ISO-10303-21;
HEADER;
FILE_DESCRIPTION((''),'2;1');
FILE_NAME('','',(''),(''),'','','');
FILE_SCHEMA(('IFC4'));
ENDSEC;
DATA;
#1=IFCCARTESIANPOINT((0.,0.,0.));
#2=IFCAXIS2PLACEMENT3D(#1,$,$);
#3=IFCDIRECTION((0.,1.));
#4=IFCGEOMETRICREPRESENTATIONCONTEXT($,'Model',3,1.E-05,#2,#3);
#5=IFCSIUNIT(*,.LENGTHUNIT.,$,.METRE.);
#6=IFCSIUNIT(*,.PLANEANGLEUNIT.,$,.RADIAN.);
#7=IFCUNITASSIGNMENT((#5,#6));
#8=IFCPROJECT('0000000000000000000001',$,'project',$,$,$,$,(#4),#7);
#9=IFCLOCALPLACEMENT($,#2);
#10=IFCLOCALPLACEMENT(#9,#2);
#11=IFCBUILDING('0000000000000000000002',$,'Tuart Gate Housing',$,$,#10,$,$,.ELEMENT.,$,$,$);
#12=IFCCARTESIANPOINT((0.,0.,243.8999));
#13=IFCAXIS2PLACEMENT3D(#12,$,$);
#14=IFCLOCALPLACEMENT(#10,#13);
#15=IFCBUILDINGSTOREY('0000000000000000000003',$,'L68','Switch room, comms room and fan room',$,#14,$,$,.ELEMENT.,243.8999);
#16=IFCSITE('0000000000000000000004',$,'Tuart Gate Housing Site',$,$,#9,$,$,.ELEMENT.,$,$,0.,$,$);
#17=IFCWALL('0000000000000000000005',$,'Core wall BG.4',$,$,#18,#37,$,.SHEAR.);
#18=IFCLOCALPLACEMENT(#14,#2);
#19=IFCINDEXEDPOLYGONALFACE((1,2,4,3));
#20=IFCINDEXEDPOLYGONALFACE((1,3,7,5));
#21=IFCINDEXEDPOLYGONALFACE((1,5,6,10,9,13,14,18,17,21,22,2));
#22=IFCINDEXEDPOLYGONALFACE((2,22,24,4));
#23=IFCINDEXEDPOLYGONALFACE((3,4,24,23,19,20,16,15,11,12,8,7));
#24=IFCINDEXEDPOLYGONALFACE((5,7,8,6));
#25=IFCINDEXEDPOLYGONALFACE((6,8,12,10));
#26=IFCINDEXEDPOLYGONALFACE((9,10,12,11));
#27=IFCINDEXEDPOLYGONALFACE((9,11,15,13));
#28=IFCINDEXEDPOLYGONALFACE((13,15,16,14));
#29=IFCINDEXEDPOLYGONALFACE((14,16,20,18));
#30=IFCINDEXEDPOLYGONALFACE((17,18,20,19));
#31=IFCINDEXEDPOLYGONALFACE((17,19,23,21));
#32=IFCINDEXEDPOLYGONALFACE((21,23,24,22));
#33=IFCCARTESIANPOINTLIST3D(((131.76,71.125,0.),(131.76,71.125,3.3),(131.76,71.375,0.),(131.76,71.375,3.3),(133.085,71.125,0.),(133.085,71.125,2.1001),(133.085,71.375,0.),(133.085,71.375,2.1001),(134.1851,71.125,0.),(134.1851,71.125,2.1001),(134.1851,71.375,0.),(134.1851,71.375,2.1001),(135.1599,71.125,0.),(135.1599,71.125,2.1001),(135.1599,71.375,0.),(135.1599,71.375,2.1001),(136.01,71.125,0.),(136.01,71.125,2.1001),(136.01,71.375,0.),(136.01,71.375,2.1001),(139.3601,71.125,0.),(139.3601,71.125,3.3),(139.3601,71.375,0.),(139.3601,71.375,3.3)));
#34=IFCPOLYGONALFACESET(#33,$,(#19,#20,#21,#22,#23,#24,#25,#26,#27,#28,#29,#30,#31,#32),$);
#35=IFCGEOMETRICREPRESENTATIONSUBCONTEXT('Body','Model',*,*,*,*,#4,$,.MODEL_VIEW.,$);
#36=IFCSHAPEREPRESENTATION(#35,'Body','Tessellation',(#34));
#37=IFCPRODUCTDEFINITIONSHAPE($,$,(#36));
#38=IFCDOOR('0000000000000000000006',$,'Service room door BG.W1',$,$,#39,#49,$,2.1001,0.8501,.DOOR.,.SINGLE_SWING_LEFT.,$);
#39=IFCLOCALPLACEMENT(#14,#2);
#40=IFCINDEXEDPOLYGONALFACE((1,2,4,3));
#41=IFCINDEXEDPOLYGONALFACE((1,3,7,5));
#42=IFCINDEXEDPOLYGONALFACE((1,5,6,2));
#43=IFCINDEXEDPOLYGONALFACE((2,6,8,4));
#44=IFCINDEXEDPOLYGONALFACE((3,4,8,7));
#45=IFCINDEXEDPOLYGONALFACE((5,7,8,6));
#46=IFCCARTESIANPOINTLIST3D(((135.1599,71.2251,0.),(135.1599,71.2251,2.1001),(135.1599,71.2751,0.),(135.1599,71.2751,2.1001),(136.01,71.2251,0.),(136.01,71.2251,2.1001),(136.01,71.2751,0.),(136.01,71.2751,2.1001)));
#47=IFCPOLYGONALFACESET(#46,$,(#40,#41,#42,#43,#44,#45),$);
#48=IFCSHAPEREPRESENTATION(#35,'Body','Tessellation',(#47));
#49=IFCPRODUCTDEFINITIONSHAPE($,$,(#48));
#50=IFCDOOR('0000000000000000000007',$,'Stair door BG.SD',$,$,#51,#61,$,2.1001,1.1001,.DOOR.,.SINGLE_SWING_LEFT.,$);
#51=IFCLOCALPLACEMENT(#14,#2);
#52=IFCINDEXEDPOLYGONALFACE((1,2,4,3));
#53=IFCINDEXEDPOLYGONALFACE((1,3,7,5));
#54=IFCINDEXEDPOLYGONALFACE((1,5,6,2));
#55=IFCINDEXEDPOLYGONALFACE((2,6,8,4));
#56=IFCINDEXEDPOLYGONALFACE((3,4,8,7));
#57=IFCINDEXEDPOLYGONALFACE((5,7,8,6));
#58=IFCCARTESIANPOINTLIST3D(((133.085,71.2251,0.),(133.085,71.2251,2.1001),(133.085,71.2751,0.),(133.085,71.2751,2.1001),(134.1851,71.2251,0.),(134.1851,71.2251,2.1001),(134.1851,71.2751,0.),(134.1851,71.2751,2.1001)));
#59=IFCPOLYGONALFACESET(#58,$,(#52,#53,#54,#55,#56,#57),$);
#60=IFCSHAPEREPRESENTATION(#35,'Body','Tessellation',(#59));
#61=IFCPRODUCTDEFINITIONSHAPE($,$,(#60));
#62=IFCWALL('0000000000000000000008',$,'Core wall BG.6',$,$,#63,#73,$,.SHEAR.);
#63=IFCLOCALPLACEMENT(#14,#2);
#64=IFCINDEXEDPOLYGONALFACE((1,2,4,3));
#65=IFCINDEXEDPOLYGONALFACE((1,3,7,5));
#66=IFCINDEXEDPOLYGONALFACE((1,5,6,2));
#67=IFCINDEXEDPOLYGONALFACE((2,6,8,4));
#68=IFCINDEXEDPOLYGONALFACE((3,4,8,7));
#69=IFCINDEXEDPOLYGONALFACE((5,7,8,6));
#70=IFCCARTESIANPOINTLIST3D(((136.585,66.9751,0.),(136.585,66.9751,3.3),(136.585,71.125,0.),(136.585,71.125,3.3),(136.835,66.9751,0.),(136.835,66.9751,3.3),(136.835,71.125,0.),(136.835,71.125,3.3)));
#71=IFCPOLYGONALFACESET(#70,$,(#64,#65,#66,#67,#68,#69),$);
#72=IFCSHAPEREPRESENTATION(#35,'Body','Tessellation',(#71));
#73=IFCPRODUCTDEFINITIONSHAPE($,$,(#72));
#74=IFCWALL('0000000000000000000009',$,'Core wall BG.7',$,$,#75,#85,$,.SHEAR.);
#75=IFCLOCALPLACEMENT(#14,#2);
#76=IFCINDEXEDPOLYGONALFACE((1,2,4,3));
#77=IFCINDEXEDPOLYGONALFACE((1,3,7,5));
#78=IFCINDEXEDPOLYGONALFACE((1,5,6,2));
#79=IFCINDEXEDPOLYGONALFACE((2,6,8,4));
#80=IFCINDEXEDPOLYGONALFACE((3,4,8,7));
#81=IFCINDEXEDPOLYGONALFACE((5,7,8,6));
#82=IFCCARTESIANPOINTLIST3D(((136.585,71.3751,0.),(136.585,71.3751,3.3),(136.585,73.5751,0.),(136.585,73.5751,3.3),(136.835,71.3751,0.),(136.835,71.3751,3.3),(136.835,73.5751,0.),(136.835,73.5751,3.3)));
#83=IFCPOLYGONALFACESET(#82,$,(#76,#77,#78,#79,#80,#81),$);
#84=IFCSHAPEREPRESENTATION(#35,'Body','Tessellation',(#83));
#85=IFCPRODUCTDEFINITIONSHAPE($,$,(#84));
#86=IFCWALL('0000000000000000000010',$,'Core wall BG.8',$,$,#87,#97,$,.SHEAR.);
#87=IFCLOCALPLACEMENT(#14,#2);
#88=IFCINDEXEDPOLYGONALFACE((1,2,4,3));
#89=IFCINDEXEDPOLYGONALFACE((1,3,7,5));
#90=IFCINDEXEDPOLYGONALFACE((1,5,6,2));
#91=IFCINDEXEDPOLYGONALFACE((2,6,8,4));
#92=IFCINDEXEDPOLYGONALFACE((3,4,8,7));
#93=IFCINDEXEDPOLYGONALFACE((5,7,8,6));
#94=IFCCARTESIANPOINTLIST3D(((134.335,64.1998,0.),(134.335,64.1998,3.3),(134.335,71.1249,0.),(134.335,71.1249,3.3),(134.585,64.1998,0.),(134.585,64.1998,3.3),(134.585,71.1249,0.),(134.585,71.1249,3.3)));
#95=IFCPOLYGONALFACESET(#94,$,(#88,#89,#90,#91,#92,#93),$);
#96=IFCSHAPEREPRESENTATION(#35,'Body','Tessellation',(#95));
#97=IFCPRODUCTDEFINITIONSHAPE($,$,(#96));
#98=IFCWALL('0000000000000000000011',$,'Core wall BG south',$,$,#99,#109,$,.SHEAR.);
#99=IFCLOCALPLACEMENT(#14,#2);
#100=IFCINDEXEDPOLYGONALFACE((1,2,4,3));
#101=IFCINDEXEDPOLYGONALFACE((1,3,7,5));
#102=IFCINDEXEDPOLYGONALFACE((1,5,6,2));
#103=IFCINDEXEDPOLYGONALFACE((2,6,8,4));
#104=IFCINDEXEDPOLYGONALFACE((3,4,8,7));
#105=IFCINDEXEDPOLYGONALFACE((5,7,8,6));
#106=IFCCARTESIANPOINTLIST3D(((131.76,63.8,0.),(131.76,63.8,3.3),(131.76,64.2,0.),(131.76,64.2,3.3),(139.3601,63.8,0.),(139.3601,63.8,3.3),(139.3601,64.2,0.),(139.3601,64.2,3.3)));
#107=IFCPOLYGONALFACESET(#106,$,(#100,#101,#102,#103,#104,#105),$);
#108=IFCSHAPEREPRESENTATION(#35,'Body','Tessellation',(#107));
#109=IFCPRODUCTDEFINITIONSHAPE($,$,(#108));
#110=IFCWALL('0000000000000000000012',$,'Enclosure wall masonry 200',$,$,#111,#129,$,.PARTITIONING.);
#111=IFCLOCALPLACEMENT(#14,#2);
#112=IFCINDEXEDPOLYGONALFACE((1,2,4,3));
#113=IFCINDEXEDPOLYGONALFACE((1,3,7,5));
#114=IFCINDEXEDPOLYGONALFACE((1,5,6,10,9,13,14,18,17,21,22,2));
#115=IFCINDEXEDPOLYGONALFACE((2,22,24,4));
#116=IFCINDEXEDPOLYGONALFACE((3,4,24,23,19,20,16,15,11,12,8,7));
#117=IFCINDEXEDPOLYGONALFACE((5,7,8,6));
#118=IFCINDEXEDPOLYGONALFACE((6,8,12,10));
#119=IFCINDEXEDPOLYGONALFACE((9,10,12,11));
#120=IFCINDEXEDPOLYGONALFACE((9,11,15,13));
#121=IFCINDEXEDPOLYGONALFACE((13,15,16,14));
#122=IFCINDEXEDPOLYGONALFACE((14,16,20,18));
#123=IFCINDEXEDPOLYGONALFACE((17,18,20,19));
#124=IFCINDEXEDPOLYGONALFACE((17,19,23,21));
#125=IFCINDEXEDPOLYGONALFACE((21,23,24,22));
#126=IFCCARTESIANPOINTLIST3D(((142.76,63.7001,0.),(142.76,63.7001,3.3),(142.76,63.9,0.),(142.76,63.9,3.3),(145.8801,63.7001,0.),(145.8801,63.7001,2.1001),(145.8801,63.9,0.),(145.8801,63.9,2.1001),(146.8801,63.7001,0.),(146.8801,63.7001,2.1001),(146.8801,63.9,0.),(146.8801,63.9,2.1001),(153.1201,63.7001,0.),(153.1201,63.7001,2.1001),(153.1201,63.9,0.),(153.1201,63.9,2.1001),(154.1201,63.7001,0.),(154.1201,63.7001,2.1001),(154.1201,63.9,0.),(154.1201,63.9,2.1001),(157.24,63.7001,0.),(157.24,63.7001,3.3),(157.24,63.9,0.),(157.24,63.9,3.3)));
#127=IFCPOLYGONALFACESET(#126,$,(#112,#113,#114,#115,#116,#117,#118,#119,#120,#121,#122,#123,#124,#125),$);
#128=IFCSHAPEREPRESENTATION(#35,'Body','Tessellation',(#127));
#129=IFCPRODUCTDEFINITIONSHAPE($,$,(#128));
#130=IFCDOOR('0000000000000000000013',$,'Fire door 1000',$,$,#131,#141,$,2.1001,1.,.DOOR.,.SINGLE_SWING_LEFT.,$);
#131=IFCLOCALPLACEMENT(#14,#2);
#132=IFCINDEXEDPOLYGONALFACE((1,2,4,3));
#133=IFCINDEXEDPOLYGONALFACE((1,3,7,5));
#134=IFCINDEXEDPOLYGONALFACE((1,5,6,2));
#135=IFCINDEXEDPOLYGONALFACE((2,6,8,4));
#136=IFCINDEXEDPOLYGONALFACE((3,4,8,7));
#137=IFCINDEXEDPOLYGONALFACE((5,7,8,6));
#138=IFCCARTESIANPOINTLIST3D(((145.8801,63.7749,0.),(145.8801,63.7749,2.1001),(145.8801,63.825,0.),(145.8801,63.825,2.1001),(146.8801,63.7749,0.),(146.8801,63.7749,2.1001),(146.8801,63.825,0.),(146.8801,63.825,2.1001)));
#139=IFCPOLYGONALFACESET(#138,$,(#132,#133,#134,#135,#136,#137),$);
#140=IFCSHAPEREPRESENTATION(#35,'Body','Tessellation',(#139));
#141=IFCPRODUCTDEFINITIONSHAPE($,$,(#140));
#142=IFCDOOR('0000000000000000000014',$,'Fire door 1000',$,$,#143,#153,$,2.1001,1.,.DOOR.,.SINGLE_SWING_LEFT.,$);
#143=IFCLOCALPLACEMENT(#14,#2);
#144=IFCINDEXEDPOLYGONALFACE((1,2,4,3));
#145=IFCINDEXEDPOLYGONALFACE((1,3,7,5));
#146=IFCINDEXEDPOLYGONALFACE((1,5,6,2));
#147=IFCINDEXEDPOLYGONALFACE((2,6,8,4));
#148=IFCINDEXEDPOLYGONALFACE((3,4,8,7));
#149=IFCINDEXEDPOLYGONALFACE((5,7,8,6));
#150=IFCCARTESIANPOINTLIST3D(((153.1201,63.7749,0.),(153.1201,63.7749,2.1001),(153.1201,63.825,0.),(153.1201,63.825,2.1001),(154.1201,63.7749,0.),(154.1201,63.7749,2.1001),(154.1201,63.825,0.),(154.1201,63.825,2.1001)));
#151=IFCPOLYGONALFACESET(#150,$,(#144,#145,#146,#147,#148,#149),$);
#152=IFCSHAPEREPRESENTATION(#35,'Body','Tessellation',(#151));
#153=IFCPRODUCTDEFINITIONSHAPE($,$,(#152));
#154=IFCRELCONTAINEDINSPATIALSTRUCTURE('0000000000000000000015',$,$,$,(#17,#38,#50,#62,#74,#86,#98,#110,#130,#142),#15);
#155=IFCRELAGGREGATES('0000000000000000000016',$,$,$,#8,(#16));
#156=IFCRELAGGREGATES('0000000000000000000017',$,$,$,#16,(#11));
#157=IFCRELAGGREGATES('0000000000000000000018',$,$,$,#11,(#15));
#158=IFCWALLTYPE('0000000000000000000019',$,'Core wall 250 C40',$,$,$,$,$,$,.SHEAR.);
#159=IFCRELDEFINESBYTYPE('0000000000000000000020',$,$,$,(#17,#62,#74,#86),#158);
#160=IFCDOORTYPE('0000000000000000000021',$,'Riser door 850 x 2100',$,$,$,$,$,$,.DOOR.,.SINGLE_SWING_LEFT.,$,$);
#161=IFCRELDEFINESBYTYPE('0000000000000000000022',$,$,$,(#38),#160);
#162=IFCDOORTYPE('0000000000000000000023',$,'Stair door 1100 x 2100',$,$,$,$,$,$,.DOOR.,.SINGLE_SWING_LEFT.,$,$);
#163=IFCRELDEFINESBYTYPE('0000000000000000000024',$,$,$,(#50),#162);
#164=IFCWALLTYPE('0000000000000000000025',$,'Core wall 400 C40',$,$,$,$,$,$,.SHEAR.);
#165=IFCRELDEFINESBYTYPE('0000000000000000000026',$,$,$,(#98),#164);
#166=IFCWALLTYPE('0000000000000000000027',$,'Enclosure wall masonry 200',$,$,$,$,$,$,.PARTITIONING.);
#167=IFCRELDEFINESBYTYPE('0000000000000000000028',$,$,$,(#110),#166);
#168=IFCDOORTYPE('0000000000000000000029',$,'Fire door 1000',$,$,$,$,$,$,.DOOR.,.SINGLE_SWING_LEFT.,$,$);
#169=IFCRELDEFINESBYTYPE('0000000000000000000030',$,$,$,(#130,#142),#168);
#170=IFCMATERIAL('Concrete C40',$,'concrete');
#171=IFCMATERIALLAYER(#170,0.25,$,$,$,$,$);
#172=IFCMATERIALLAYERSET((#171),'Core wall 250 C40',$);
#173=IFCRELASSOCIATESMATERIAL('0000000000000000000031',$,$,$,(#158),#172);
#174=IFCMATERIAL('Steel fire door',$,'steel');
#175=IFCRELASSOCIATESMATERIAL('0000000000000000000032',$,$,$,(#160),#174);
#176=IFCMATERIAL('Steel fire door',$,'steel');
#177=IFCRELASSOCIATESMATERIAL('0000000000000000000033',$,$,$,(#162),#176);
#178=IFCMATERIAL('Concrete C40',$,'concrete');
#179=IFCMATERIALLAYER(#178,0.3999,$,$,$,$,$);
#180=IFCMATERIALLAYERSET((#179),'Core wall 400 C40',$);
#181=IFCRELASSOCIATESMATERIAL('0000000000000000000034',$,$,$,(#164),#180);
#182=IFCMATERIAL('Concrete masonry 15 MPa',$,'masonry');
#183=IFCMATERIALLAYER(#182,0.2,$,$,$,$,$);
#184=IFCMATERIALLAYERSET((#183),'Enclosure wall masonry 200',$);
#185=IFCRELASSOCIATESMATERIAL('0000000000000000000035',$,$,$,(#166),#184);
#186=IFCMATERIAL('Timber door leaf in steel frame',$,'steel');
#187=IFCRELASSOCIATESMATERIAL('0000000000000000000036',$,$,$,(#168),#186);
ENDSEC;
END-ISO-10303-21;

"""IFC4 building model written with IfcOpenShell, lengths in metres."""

from ifc_helpers import new_model, si_unit, direction, frame, frame_2d, origin, place, context, subcontext, project, spatial, rectangle, extrude, material, layer, layer_set, type_object, element, fill, save


model = new_model("IFC4")

# Units and contexts
model_context = context("Model", 3, precision=1e-05, world=origin(), true_north=direction((0.0, 1.0)))
body_context = subcontext(model_context, "Body", "Model", "MODEL_VIEW")
ifc_project = project(units=[si_unit("LENGTHUNIT", "METRE"), si_unit("PLANEANGLEUNIT", "RADIAN")], contexts=[model_context])

# Site, building, storey
site_placement = place(None, origin())
site = spatial("IfcSite", under=ifc_project, at=site_placement, Name="Tuart Gate Housing Site", CompositionType="ELEMENT", RefElevation=0.0)
building_placement = place(site_placement, origin())
building = spatial("IfcBuilding", under=site, at=building_placement, Name="Tuart Gate Housing", CompositionType="ELEMENT")
storey_placement = place(building_placement, frame((0.0, 0.0, 243.8999)))
storey = spatial("IfcBuildingStorey", under=building, at=storey_placement, Name="L68", Description="Switch room, comms room and fan room", CompositionType="ELEMENT", Elevation=243.8999)

# Shared definitions
ifc_material_1 = material(Name="Concrete C40", Category="concrete")
ifc_layer_1 = layer(ifc_material_1, 0.25)
ifc_layer_set_1 = layer_set([ifc_layer_1], Name="Core wall 250 C40")
wall_type_1 = type_object("IfcWallType", Name="Core wall 250 C40", PredefinedType="SHEAR", material=ifc_layer_set_1)

# Wall, openings, doors
wall_1_placement = place(storey_placement, frame((139.3601, 71.25, 0.0), z_axis=(0.0, 0.0, 1.0), x_axis=(-1.0, 0.0, 0.0)))
wall_1 = element("IfcWall", 1, at=wall_1_placement, inside=storey, type_object=wall_type_1, Name="Core wall BG.4", PredefinedType="SHEAR", context=body_context, shape_type="SweptSolid", body=[
    extrude(rectangle(XDim=7.6001, YDim=0.25, at=frame_2d((3.8, 0.0))), origin(), (0.0, 0.0, 1.0), 3.3),
])
opening_1_placement = place(wall_1_placement, frame((5.175, 0.0, 0.0)))
opening_1 = element("IfcOpeningElement", 2, at=opening_1_placement, cuts=wall_1, PredefinedType="OPENING", context=body_context, shape_type="SweptSolid", body=[
    extrude(rectangle(XDim=1.1001, YDim=2.1001, at=frame_2d((0.55, 1.05))), frame((0.0, 0.135, 0.0), z_axis=(0.0, -1.0, 0.0), x_axis=(1.0, 0.0, 0.0)), (0.0, 0.0, 1.0), 0.27),
])
opening_2_placement = place(wall_1_placement, frame((3.3501, 0.0, 0.0)))
opening_2 = element("IfcOpeningElement", 3, at=opening_2_placement, cuts=wall_1, PredefinedType="OPENING", context=body_context, shape_type="SweptSolid", body=[
    extrude(rectangle(XDim=0.8501, YDim=2.1001, at=frame_2d((0.425, 1.05))), frame((0.0, 0.135, 0.0), z_axis=(0.0, -1.0, 0.0), x_axis=(1.0, 0.0, 0.0)), (0.0, 0.0, 1.0), 0.27),
])
ifc_material_2 = material(Name="Steel fire door", Category="steel")
door_type_1 = type_object("IfcDoorType", Name="Riser door 850 x 2100", OperationType="SINGLE_SWING_LEFT", PredefinedType="DOOR", material=ifc_material_2)
door_1_placement = place(opening_2_placement, origin())
door_1 = element("IfcDoor", 4, at=door_1_placement, inside=storey, type_object=door_type_1, Name="Service room door BG.W1", OperationType="SINGLE_SWING_LEFT", OverallHeight=2.1001, OverallWidth=0.8501, PredefinedType="DOOR", context=body_context, shape_type="SweptSolid", body=[
    extrude(rectangle(XDim=0.8501, YDim=2.1001, at=frame_2d((0.425, 1.05))), frame((0.0, 0.0249, 0.0), z_axis=(0.0, -1.0, 0.0), x_axis=(1.0, 0.0, 0.0)), (0.0, 0.0, 1.0), 0.05),
])
fill(opening_2, door_1)
ifc_material_3 = material(Name="Steel fire door", Category="steel")
door_type_2 = type_object("IfcDoorType", Name="Stair door 1100 x 2100", OperationType="SINGLE_SWING_LEFT", PredefinedType="DOOR", material=ifc_material_3)
door_2_placement = place(opening_1_placement, origin())
door_2 = element("IfcDoor", 5, at=door_2_placement, inside=storey, type_object=door_type_2, Name="Stair door BG.SD", OperationType="SINGLE_SWING_LEFT", OverallHeight=2.1001, OverallWidth=1.1001, PredefinedType="DOOR", context=body_context, shape_type="SweptSolid", body=[
    extrude(rectangle(XDim=1.1001, YDim=2.1001, at=frame_2d((0.55, 1.05))), frame((0.0, 0.0249, 0.0), z_axis=(0.0, -1.0, 0.0), x_axis=(1.0, 0.0, 0.0)), (0.0, 0.0, 1.0), 0.05),
])
fill(opening_1, door_2)

# Walls
wall_2_placement = place(storey_placement, frame((136.71, 66.9751, 0.0), z_axis=(0.0, 0.0, 1.0), x_axis=(0.0, 1.0, 0.0)))
element("IfcWall", 6, at=wall_2_placement, inside=storey, type_object=wall_type_1, Name="Core wall BG.6", PredefinedType="SHEAR", context=body_context, shape_type="SweptSolid", body=[
    extrude(rectangle(XDim=4.1499, YDim=0.25, at=frame_2d((2.075, 0.0))), origin(), (0.0, 0.0, 1.0), 3.3),
])
wall_3_placement = place(storey_placement, frame((136.71, 71.375, 0.0), z_axis=(0.0, 0.0, 1.0), x_axis=(0.0, 1.0, 0.0)))
element("IfcWall", 7, at=wall_3_placement, inside=storey, type_object=wall_type_1, Name="Core wall BG.7", PredefinedType="SHEAR", context=body_context, shape_type="SweptSolid", body=[
    extrude(rectangle(XDim=2.2, YDim=0.25, at=frame_2d((1.1001, 0.0))), origin(), (0.0, 0.0, 1.0), 3.3),
])
wall_4_placement = place(storey_placement, frame((134.46, 64.2, 0.0), z_axis=(0.0, 0.0, 1.0), x_axis=(0.0, 1.0, 0.0)))
element("IfcWall", 8, at=wall_4_placement, inside=storey, type_object=wall_type_1, Name="Core wall BG.8", PredefinedType="SHEAR", context=body_context, shape_type="SweptSolid", body=[
    extrude(rectangle(XDim=6.925, YDim=0.25, at=frame_2d((3.4624, 0.0))), origin(), (0.0, 0.0, 1.0), 3.3),
])
ifc_material_4 = material(Name="Concrete C40", Category="concrete")
ifc_layer_2 = layer(ifc_material_4, 0.3999)
ifc_layer_set_2 = layer_set([ifc_layer_2], Name="Core wall 400 C40")
wall_type_2 = type_object("IfcWallType", Name="Core wall 400 C40", PredefinedType="SHEAR", material=ifc_layer_set_2)
wall_5_placement = place(storey_placement, frame((139.3601, 64.0, 0.0), z_axis=(0.0, 0.0, 1.0), x_axis=(-1.0, 0.0, 0.0)))
element("IfcWall", 9, at=wall_5_placement, inside=storey, type_object=wall_type_2, Name="Core wall BG south", PredefinedType="SHEAR", context=body_context, shape_type="SweptSolid", body=[
    extrude(rectangle(XDim=7.6001, YDim=0.3999, at=frame_2d((3.8, 0.0))), origin(), (0.0, 0.0, 1.0), 3.3),
])

# Wall, openings, doors
ifc_material_5 = material(Name="Concrete masonry 15 MPa", Category="masonry")
ifc_layer_3 = layer(ifc_material_5, 0.2)
ifc_layer_set_3 = layer_set([ifc_layer_3], Name="Enclosure wall masonry 200")
wall_type_3 = type_object("IfcWallType", Name="Enclosure wall masonry 200", PredefinedType="PARTITIONING", material=ifc_layer_set_3)
wall_6_placement = place(storey_placement, frame((142.76, 63.8, 0.0), z_axis=(0.0, 0.0, 1.0), x_axis=(1.0, 0.0, 0.0)))
wall_6 = element("IfcWall", 10, at=wall_6_placement, inside=storey, type_object=wall_type_3, Name="Enclosure wall masonry 200", PredefinedType="PARTITIONING", context=body_context, shape_type="SweptSolid", body=[
    extrude(rectangle(XDim=14.48, YDim=0.2, at=frame_2d((7.24, 0.0))), origin(), (0.0, 0.0, 1.0), 3.3),
])
opening_3_placement = place(wall_6_placement, frame((3.1201, 0.0, 0.0)))
opening_3 = element("IfcOpeningElement", 11, at=opening_3_placement, cuts=wall_6, PredefinedType="OPENING", context=body_context, shape_type="SweptSolid", body=[
    extrude(rectangle(XDim=1.0, YDim=2.1001, at=frame_2d((0.5, 1.05))), frame((0.0, 0.1099, 0.0), z_axis=(0.0, -1.0, 0.0), x_axis=(1.0, 0.0, 0.0)), (0.0, 0.0, 1.0), 0.22),
])
opening_4_placement = place(wall_6_placement, frame((10.3601, 0.0, 0.0)))
opening_4 = element("IfcOpeningElement", 12, at=opening_4_placement, cuts=wall_6, PredefinedType="OPENING", context=body_context, shape_type="SweptSolid", body=[
    extrude(rectangle(XDim=1.0, YDim=2.1001, at=frame_2d((0.5, 1.05))), frame((0.0, 0.1099, 0.0), z_axis=(0.0, -1.0, 0.0), x_axis=(1.0, 0.0, 0.0)), (0.0, 0.0, 1.0), 0.22),
])
ifc_material_6 = material(Name="Timber door leaf in steel frame", Category="steel")
door_type_3 = type_object("IfcDoorType", Name="Fire door 1000", OperationType="SINGLE_SWING_LEFT", PredefinedType="DOOR", material=ifc_material_6)
door_3_placement = place(opening_3_placement, origin())
door_3 = element("IfcDoor", 13, at=door_3_placement, inside=storey, type_object=door_type_3, Name="Fire door 1000", OperationType="SINGLE_SWING_LEFT", OverallHeight=2.1001, OverallWidth=1.0, PredefinedType="DOOR", context=body_context, shape_type="SweptSolid", body=[
    extrude(rectangle(XDim=1.0, YDim=2.1001, at=frame_2d((0.5, 1.05))), frame((0.0, 0.0249, 0.0), z_axis=(0.0, -1.0, 0.0), x_axis=(1.0, 0.0, 0.0)), (0.0, 0.0, 1.0), 0.05),
])
fill(opening_3, door_3)
door_4_placement = place(opening_4_placement, origin())
door_4 = element("IfcDoor", 14, at=door_4_placement, inside=storey, type_object=door_type_3, Name="Fire door 1000", OperationType="SINGLE_SWING_LEFT", OverallHeight=2.1001, OverallWidth=1.0, PredefinedType="DOOR", context=body_context, shape_type="SweptSolid", body=[
    extrude(rectangle(XDim=1.0, YDim=2.1001, at=frame_2d((0.5, 1.05))), frame((0.0, 0.0249, 0.0), z_axis=(0.0, -1.0, 0.0), x_axis=(1.0, 0.0, 0.0)), (0.0, 0.0, 1.0), 0.05),
])
fill(opening_4, door_4)

save(model, "model.ifc")
